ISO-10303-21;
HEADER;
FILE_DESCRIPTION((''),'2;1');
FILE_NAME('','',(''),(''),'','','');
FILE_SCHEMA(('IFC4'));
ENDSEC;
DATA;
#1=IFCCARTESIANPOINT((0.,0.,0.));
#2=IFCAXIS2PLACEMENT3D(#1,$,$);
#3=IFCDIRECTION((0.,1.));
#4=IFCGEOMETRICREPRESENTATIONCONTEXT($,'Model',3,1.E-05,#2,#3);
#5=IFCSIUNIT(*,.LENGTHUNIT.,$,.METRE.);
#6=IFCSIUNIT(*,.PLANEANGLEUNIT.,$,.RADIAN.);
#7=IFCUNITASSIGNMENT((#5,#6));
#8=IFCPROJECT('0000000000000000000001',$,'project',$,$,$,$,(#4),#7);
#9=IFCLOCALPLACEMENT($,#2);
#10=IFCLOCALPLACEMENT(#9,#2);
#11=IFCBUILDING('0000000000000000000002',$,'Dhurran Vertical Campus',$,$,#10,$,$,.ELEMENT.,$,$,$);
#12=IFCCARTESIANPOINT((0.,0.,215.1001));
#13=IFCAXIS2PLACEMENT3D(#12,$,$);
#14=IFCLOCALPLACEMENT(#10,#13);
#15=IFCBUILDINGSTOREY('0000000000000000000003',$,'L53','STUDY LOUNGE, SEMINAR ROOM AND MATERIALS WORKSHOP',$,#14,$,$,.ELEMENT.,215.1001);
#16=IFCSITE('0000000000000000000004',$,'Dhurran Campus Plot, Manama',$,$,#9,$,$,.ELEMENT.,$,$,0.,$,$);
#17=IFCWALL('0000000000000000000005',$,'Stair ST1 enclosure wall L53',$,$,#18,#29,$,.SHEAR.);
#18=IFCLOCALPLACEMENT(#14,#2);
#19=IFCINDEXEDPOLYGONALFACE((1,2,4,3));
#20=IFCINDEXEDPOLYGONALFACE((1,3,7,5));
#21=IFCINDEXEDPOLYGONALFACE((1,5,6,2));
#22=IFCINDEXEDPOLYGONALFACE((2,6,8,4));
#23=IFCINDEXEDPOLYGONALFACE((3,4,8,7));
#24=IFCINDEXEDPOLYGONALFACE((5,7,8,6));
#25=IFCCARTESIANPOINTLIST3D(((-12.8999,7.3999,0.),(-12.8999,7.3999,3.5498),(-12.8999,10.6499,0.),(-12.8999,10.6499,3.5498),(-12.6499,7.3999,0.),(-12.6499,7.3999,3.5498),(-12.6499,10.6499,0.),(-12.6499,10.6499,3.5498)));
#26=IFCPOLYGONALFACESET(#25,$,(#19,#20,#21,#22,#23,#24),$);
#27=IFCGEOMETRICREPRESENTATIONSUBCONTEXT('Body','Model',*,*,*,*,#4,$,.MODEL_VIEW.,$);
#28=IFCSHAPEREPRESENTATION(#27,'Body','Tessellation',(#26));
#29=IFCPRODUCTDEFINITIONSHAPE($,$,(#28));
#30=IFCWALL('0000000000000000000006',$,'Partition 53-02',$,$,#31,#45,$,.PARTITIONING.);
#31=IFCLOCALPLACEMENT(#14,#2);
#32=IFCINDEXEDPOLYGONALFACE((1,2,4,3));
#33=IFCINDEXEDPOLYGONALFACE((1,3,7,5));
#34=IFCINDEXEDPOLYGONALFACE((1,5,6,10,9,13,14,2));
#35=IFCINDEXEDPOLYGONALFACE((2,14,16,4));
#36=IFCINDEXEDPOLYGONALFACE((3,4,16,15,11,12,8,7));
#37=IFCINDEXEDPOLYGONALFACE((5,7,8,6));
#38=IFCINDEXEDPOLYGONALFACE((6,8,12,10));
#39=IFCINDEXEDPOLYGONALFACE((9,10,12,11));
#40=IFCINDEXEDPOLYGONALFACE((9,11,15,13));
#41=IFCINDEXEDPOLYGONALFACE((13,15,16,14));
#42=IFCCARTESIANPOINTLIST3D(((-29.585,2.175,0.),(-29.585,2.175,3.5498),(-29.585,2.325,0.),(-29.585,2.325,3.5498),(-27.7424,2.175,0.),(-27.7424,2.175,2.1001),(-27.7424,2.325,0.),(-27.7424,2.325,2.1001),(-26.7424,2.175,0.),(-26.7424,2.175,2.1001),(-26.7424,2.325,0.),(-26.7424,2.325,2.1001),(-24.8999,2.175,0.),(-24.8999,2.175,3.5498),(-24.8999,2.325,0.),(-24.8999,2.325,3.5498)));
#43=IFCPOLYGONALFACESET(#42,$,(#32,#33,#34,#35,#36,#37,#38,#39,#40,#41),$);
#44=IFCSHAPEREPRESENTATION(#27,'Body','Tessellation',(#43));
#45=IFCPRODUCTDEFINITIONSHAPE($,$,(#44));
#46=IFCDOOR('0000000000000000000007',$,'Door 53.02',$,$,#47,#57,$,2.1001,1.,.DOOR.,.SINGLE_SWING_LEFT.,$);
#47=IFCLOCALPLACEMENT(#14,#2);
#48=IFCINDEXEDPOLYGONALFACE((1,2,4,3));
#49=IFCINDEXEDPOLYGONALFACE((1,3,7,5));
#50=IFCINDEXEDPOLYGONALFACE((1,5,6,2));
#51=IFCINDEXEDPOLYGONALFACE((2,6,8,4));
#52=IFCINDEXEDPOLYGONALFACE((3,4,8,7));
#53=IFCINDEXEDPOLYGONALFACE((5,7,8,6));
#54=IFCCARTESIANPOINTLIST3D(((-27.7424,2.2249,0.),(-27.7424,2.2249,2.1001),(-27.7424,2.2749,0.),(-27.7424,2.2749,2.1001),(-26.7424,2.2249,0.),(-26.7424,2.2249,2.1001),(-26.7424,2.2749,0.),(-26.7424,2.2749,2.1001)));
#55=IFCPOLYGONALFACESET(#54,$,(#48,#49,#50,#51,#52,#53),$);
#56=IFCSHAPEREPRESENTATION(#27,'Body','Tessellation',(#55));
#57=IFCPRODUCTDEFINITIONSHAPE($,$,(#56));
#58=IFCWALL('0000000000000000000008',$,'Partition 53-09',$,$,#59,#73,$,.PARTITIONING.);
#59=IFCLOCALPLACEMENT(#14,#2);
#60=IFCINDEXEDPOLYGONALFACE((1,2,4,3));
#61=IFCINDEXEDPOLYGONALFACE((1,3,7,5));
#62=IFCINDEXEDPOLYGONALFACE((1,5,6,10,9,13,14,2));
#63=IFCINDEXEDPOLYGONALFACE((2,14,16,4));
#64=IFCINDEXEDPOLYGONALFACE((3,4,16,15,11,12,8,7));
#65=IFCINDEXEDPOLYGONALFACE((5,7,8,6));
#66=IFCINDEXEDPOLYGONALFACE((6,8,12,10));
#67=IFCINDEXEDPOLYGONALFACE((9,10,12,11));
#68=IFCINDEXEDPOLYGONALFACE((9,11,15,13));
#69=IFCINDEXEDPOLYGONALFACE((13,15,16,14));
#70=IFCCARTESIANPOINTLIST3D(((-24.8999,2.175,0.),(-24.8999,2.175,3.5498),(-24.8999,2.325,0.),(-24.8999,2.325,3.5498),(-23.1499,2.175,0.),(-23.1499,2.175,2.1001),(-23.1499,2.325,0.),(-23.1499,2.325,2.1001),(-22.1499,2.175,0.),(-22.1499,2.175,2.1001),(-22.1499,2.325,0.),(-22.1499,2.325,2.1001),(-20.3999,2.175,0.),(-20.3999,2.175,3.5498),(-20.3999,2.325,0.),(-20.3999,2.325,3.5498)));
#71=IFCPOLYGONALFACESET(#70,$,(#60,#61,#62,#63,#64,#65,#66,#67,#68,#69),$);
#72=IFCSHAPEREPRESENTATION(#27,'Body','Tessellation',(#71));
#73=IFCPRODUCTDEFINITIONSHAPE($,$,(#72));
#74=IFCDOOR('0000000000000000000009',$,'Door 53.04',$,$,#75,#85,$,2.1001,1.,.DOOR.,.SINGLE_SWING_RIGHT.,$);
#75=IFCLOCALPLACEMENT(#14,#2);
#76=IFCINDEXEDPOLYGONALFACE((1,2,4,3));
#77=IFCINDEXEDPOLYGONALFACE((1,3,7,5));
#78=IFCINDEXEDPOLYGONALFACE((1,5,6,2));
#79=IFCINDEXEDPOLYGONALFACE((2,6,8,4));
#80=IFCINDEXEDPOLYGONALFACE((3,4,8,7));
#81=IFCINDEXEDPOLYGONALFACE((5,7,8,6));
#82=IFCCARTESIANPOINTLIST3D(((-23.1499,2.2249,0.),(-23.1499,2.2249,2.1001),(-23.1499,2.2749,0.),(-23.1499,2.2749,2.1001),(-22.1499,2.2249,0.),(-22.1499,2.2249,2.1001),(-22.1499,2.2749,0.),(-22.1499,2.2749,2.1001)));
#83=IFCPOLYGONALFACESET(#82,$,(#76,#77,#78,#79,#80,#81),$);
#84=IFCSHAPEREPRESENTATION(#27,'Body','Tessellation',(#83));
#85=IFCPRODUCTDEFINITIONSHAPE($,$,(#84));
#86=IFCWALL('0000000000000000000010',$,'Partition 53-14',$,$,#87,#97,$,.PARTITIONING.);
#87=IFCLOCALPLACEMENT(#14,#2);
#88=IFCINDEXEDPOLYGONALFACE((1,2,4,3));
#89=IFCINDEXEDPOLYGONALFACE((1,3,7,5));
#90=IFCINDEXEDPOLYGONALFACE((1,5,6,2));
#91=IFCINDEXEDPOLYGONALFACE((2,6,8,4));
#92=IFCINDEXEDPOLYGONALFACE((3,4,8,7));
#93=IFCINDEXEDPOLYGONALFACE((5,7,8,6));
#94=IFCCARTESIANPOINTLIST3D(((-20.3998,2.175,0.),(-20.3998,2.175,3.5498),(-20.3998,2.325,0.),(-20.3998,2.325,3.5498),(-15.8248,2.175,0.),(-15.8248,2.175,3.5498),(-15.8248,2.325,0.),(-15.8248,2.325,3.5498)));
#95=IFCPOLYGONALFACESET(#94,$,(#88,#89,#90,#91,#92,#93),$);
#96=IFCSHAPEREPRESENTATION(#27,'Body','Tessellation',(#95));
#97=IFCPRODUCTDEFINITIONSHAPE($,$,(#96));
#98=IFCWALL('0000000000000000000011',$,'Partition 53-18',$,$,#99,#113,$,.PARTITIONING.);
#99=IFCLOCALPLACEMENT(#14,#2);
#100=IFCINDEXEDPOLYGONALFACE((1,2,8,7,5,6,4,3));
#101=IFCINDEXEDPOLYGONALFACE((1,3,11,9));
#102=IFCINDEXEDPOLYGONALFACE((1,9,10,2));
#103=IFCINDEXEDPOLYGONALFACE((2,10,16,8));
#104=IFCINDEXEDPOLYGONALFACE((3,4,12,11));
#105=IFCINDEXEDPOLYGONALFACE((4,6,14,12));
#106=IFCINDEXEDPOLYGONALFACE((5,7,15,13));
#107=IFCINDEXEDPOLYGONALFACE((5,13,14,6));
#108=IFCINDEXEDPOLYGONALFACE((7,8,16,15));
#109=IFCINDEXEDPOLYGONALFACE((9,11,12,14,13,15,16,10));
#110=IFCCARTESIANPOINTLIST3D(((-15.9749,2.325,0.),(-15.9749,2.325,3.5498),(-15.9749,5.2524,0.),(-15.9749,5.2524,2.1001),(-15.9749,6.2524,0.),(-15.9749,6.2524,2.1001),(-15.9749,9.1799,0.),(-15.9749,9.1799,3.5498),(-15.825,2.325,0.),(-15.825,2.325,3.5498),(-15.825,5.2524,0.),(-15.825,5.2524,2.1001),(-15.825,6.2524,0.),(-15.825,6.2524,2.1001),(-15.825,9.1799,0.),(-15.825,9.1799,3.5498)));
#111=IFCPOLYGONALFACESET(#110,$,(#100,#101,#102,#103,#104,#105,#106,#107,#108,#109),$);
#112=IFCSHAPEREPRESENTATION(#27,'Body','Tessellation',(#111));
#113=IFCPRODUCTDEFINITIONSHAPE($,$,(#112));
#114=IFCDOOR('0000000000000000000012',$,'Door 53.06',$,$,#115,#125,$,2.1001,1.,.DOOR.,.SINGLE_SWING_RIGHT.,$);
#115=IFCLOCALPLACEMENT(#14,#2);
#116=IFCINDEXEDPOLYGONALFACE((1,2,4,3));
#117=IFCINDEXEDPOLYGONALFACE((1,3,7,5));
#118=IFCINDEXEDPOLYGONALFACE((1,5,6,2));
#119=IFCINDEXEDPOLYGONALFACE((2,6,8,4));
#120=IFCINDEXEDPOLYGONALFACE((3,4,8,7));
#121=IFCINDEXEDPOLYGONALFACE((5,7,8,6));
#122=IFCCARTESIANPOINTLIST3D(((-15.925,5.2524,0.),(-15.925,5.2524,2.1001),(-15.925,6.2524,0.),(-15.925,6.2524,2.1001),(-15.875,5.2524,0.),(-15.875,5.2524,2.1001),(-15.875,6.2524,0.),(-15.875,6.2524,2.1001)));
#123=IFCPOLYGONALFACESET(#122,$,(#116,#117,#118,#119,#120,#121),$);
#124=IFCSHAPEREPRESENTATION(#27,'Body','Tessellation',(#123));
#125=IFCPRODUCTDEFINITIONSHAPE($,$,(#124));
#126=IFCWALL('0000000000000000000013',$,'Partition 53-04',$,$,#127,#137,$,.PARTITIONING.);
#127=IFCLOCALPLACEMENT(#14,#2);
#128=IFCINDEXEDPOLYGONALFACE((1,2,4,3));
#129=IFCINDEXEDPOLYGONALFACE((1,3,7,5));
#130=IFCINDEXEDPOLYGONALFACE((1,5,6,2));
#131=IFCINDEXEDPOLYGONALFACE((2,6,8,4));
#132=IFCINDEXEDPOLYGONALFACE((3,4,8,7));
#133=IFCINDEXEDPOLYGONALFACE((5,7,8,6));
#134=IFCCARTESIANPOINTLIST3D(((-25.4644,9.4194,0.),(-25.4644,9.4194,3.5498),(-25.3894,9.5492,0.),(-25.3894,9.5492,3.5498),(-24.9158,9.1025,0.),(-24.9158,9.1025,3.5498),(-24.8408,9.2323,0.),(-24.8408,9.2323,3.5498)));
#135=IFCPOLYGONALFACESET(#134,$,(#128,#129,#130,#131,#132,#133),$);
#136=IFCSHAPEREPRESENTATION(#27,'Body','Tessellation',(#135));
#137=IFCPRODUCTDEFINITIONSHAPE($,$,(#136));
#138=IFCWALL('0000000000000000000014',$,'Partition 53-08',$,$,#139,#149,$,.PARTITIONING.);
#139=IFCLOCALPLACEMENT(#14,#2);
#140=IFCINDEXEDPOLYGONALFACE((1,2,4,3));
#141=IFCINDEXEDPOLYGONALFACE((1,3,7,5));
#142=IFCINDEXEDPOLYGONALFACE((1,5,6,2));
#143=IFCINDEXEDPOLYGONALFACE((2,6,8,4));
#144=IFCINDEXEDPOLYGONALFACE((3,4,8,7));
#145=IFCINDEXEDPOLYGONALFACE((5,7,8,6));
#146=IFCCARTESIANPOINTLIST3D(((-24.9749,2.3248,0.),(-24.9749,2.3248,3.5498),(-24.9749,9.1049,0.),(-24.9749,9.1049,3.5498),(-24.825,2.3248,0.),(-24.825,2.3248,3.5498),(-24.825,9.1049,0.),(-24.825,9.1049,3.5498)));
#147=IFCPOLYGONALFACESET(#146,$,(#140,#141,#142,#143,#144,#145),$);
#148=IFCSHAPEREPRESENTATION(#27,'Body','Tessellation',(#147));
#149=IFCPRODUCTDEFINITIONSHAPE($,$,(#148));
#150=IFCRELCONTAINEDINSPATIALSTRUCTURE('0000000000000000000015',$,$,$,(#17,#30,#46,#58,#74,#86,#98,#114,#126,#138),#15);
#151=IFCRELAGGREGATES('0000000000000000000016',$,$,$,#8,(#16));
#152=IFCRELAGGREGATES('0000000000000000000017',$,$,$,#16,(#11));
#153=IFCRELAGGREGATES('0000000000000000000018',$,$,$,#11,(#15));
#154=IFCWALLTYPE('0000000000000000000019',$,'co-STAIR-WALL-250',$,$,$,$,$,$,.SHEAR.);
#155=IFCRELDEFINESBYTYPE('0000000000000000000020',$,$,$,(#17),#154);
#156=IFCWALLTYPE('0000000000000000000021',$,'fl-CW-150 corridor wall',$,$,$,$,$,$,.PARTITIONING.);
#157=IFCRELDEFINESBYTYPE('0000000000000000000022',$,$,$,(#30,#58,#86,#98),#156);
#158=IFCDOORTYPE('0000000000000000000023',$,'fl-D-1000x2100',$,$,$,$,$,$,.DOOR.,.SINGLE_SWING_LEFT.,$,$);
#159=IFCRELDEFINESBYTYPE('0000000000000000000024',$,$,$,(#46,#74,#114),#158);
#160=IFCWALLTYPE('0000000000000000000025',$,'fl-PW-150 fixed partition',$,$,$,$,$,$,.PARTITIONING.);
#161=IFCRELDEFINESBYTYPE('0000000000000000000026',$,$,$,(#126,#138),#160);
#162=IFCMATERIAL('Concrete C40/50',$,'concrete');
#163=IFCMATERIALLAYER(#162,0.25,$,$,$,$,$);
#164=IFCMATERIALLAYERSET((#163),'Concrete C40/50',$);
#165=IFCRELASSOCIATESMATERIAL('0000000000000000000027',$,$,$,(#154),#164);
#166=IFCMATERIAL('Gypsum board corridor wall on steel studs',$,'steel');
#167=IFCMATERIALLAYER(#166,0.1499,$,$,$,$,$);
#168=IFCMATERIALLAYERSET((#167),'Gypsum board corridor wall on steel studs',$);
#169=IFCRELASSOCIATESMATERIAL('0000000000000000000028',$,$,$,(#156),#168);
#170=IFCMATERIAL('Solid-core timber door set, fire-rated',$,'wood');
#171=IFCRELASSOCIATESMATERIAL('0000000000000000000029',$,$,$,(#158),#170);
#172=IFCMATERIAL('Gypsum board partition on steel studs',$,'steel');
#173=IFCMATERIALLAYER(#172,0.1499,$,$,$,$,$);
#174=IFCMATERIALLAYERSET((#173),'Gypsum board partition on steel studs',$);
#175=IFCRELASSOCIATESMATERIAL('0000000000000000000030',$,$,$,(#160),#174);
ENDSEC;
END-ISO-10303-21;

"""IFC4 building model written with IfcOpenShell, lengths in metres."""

from ifc_helpers import new_model, si_unit, direction, frame, frame_2d, origin, place, context, subcontext, project, spatial, rectangle, extrude, material, layer, layer_set, type_object, element, fill, save


model = new_model("IFC4")

# Units and contexts
model_context = context("Model", 3, precision=1e-05, world=origin(), true_north=direction((0.0, 1.0)))
body_context = subcontext(model_context, "Body", "Model", "MODEL_VIEW")
ifc_project = project(units=[si_unit("LENGTHUNIT", "METRE"), si_unit("PLANEANGLEUNIT", "RADIAN")], contexts=[model_context])

# Site, building, storey
site_placement = place(None, origin())
site = spatial("IfcSite", under=ifc_project, at=site_placement, Name="Dhurran Campus Plot, Manama", CompositionType="ELEMENT", RefElevation=0.0)
building_placement = place(site_placement, origin())
building = spatial("IfcBuilding", under=site, at=building_placement, Name="Dhurran Vertical Campus", CompositionType="ELEMENT")
storey_placement = place(building_placement, frame((0.0, 0.0, 215.1001)))
storey = spatial("IfcBuildingStorey", under=building, at=storey_placement, Name="L53", Description="STUDY LOUNGE, SEMINAR ROOM AND MATERIALS WORKSHOP", CompositionType="ELEMENT", Elevation=215.1001)

# Shared definitions
ifc_material_1 = material(Name="Concrete C40/50", Category="concrete")
ifc_layer_1 = layer(ifc_material_1, 0.25)
ifc_layer_set_1 = layer_set([ifc_layer_1], Name="Concrete C40/50")
wall_type_1 = type_object("IfcWallType", Name="co-STAIR-WALL-250", PredefinedType="SHEAR", material=ifc_layer_set_1)

# Wall
wall_1_placement = place(storey_placement, frame((-12.7749, 7.3999, 0.0), z_axis=(0.0, 0.0, 1.0), x_axis=(0.0, 1.0, 0.0)))
element("IfcWall", 1, at=wall_1_placement, inside=storey, type_object=wall_type_1, Name="Stair ST1 enclosure wall L53", PredefinedType="SHEAR", context=body_context, shape_type="SweptSolid", body=[
    extrude(rectangle(XDim=3.25, YDim=0.25, at=frame_2d((1.625, 0.0))), origin(), (0.0, 0.0, 1.0), 3.5498),
])

# Walls, openings, doors
ifc_material_2 = material(Name="Gypsum board corridor wall on steel studs", Category="steel")
ifc_layer_2 = layer(ifc_material_2, 0.1499)
ifc_layer_set_2 = layer_set([ifc_layer_2], Name="Gypsum board corridor wall on steel studs")
wall_type_2 = type_object("IfcWallType", Name="fl-CW-150 corridor wall", PredefinedType="PARTITIONING", material=ifc_layer_set_2)
wall_2_placement = place(storey_placement, frame((-29.585, 2.25, 0.0), z_axis=(0.0, 0.0, 1.0), x_axis=(1.0, 0.0, 0.0)))
wall_2 = element("IfcWall", 2, at=wall_2_placement, inside=storey, type_object=wall_type_2, Name="Partition 53-02", PredefinedType="PARTITIONING", context=body_context, shape_type="SweptSolid", body=[
    extrude(rectangle(XDim=4.6851, YDim=0.1499, at=frame_2d((2.3425, 0.0))), origin(), (0.0, 0.0, 1.0), 3.5498),
])
opening_1_placement = place(wall_2_placement, frame((1.8425, 0.0, 0.0)))
opening_1 = element("IfcOpeningElement", 3, at=opening_1_placement, cuts=wall_2, PredefinedType="OPENING", context=body_context, shape_type="SweptSolid", body=[
    extrude(rectangle(XDim=1.0, YDim=2.1001, at=frame_2d((0.5, 1.05))), frame((0.0, 0.085, 0.0), z_axis=(0.0, -1.0, 0.0), x_axis=(1.0, 0.0, 0.0)), (0.0, 0.0, 1.0), 0.1699),
])
ifc_material_3 = material(Name="Solid-core timber door set, fire-rated", Category="wood")
door_type_1 = type_object("IfcDoorType", Name="fl-D-1000x2100", OperationType="SINGLE_SWING_LEFT", PredefinedType="DOOR", material=ifc_material_3)
door_1_placement = place(opening_1_placement, origin())
door_1 = element("IfcDoor", 4, at=door_1_placement, inside=storey, type_object=door_type_1, Name="Door 53.02", OperationType="SINGLE_SWING_LEFT", OverallHeight=2.1001, OverallWidth=1.0, PredefinedType="DOOR", context=body_context, shape_type="SweptSolid", body=[
    extrude(rectangle(XDim=1.0, YDim=2.1001, at=frame_2d((0.5, 1.05))), frame((0.0, 0.0249, 0.0), z_axis=(0.0, -1.0, 0.0), x_axis=(1.0, 0.0, 0.0)), (0.0, 0.0, 1.0), 0.05),
])
fill(opening_1, door_1)
wall_3_placement = place(storey_placement, frame((-24.8999, 2.25, 0.0), z_axis=(0.0, 0.0, 1.0), x_axis=(1.0, 0.0, 0.0)))
wall_3 = element("IfcWall", 5, at=wall_3_placement, inside=storey, type_object=wall_type_2, Name="Partition 53-09", PredefinedType="PARTITIONING", context=body_context, shape_type="SweptSolid", body=[
    extrude(rectangle(XDim=4.5, YDim=0.1499, at=frame_2d((2.25, 0.0))), origin(), (0.0, 0.0, 1.0), 3.5498),
])
opening_2_placement = place(wall_3_placement, frame((1.75, 0.0, 0.0)))
opening_2 = element("IfcOpeningElement", 6, at=opening_2_placement, cuts=wall_3, PredefinedType="OPENING", context=body_context, shape_type="SweptSolid", body=[
    extrude(rectangle(XDim=1.0, YDim=2.1001, at=frame_2d((0.5, 1.05))), frame((0.0, 0.085, 0.0), z_axis=(0.0, -1.0, 0.0), x_axis=(1.0, 0.0, 0.0)), (0.0, 0.0, 1.0), 0.1699),
])
door_2_placement = place(opening_2_placement, origin())
door_2 = element("IfcDoor", 7, at=door_2_placement, inside=storey, type_object=door_type_1, Name="Door 53.04", OperationType="SINGLE_SWING_RIGHT", OverallHeight=2.1001, OverallWidth=1.0, PredefinedType="DOOR", context=body_context, shape_type="SweptSolid", body=[
    extrude(rectangle(XDim=1.0, YDim=2.1001, at=frame_2d((0.5, 1.05))), frame((0.0, 0.0249, 0.0), z_axis=(0.0, -1.0, 0.0), x_axis=(1.0, 0.0, 0.0)), (0.0, 0.0, 1.0), 0.05),
])
fill(opening_2, door_2)

# Wall
wall_4_placement = place(storey_placement, frame((-20.3999, 2.25, 0.0), z_axis=(0.0, 0.0, 1.0), x_axis=(1.0, 0.0, 0.0)))
element("IfcWall", 8, at=wall_4_placement, inside=storey, type_object=wall_type_2, Name="Partition 53-14", PredefinedType="PARTITIONING", context=body_context, shape_type="SweptSolid", body=[
    extrude(rectangle(XDim=4.575, YDim=0.1499, at=frame_2d((2.2876, 0.0))), origin(), (0.0, 0.0, 1.0), 3.5498),
])

# Wall, opening, door
wall_5_placement = place(storey_placement, frame((-15.8999, 9.1799, 0.0), z_axis=(0.0, 0.0, 1.0), x_axis=(0.0, -1.0, 0.0)))
wall_5 = element("IfcWall", 9, at=wall_5_placement, inside=storey, type_object=wall_type_2, Name="Partition 53-18", PredefinedType="PARTITIONING", context=body_context, shape_type="SweptSolid", body=[
    extrude(rectangle(XDim=6.855, YDim=0.1499, at=frame_2d((3.4275, 0.0))), origin(), (0.0, 0.0, 1.0), 3.5498),
])
opening_3_placement = place(wall_5_placement, frame((2.9275, 0.0, 0.0)))
opening_3 = element("IfcOpeningElement", 10, at=opening_3_placement, cuts=wall_5, PredefinedType="OPENING", context=body_context, shape_type="SweptSolid", body=[
    extrude(rectangle(XDim=1.0, YDim=2.1001, at=frame_2d((0.5, 1.05))), frame((0.0, 0.085, 0.0), z_axis=(0.0, -1.0, 0.0), x_axis=(1.0, 0.0, 0.0)), (0.0, 0.0, 1.0), 0.1699),
])
door_3_placement = place(opening_3_placement, origin())
door_3 = element("IfcDoor", 11, at=door_3_placement, inside=storey, type_object=door_type_1, Name="Door 53.06", OperationType="SINGLE_SWING_RIGHT", OverallHeight=2.1001, OverallWidth=1.0, PredefinedType="DOOR", context=body_context, shape_type="SweptSolid", body=[
    extrude(rectangle(XDim=1.0, YDim=2.1001, at=frame_2d((0.5, 1.05))), frame((0.0, 0.0249, 0.0), z_axis=(0.0, -1.0, 0.0), x_axis=(1.0, 0.0, 0.0)), (0.0, 0.0, 1.0), 0.05),
])
fill(opening_3, door_3)

# Walls
ifc_material_4 = material(Name="Gypsum board partition on steel studs", Category="steel")
ifc_layer_3 = layer(ifc_material_4, 0.1499)
ifc_layer_set_3 = layer_set([ifc_layer_3], Name="Gypsum board partition on steel studs")
wall_type_3 = type_object("IfcWallType", Name="fl-PW-150 fixed partition", PredefinedType="PARTITIONING", material=ifc_layer_set_3)
wall_6_placement = place(storey_placement, frame((-25.427, 9.4844, 0.0), z_axis=(0.0, 0.0, 1.0), x_axis=(0.86591, -0.500201, 0.0)))
element("IfcWall", 12, at=wall_6_placement, inside=storey, type_object=wall_type_3, Name="Partition 53-04", PredefinedType="PARTITIONING", context=body_context, shape_type="SweptSolid", body=[
    extrude(rectangle(XDim=0.6335, YDim=0.1499, at=frame_2d((0.3169, 0.0))), origin(), (0.0, 0.0, 1.0), 3.5498),
])
wall_7_placement = place(storey_placement, frame((-24.8999, 9.105, 0.0), z_axis=(0.0, 0.0, 1.0), x_axis=(0.0, -1.0, 0.0)))
element("IfcWall", 13, at=wall_7_placement, inside=storey, type_object=wall_type_3, Name="Partition 53-08", PredefinedType="PARTITIONING", context=body_context, shape_type="SweptSolid", body=[
    extrude(rectangle(XDim=6.78, YDim=0.1499, at=frame_2d((3.3901, 0.0))), origin(), (0.0, 0.0, 1.0), 3.5498),
])

save(model, "model.ifc")
